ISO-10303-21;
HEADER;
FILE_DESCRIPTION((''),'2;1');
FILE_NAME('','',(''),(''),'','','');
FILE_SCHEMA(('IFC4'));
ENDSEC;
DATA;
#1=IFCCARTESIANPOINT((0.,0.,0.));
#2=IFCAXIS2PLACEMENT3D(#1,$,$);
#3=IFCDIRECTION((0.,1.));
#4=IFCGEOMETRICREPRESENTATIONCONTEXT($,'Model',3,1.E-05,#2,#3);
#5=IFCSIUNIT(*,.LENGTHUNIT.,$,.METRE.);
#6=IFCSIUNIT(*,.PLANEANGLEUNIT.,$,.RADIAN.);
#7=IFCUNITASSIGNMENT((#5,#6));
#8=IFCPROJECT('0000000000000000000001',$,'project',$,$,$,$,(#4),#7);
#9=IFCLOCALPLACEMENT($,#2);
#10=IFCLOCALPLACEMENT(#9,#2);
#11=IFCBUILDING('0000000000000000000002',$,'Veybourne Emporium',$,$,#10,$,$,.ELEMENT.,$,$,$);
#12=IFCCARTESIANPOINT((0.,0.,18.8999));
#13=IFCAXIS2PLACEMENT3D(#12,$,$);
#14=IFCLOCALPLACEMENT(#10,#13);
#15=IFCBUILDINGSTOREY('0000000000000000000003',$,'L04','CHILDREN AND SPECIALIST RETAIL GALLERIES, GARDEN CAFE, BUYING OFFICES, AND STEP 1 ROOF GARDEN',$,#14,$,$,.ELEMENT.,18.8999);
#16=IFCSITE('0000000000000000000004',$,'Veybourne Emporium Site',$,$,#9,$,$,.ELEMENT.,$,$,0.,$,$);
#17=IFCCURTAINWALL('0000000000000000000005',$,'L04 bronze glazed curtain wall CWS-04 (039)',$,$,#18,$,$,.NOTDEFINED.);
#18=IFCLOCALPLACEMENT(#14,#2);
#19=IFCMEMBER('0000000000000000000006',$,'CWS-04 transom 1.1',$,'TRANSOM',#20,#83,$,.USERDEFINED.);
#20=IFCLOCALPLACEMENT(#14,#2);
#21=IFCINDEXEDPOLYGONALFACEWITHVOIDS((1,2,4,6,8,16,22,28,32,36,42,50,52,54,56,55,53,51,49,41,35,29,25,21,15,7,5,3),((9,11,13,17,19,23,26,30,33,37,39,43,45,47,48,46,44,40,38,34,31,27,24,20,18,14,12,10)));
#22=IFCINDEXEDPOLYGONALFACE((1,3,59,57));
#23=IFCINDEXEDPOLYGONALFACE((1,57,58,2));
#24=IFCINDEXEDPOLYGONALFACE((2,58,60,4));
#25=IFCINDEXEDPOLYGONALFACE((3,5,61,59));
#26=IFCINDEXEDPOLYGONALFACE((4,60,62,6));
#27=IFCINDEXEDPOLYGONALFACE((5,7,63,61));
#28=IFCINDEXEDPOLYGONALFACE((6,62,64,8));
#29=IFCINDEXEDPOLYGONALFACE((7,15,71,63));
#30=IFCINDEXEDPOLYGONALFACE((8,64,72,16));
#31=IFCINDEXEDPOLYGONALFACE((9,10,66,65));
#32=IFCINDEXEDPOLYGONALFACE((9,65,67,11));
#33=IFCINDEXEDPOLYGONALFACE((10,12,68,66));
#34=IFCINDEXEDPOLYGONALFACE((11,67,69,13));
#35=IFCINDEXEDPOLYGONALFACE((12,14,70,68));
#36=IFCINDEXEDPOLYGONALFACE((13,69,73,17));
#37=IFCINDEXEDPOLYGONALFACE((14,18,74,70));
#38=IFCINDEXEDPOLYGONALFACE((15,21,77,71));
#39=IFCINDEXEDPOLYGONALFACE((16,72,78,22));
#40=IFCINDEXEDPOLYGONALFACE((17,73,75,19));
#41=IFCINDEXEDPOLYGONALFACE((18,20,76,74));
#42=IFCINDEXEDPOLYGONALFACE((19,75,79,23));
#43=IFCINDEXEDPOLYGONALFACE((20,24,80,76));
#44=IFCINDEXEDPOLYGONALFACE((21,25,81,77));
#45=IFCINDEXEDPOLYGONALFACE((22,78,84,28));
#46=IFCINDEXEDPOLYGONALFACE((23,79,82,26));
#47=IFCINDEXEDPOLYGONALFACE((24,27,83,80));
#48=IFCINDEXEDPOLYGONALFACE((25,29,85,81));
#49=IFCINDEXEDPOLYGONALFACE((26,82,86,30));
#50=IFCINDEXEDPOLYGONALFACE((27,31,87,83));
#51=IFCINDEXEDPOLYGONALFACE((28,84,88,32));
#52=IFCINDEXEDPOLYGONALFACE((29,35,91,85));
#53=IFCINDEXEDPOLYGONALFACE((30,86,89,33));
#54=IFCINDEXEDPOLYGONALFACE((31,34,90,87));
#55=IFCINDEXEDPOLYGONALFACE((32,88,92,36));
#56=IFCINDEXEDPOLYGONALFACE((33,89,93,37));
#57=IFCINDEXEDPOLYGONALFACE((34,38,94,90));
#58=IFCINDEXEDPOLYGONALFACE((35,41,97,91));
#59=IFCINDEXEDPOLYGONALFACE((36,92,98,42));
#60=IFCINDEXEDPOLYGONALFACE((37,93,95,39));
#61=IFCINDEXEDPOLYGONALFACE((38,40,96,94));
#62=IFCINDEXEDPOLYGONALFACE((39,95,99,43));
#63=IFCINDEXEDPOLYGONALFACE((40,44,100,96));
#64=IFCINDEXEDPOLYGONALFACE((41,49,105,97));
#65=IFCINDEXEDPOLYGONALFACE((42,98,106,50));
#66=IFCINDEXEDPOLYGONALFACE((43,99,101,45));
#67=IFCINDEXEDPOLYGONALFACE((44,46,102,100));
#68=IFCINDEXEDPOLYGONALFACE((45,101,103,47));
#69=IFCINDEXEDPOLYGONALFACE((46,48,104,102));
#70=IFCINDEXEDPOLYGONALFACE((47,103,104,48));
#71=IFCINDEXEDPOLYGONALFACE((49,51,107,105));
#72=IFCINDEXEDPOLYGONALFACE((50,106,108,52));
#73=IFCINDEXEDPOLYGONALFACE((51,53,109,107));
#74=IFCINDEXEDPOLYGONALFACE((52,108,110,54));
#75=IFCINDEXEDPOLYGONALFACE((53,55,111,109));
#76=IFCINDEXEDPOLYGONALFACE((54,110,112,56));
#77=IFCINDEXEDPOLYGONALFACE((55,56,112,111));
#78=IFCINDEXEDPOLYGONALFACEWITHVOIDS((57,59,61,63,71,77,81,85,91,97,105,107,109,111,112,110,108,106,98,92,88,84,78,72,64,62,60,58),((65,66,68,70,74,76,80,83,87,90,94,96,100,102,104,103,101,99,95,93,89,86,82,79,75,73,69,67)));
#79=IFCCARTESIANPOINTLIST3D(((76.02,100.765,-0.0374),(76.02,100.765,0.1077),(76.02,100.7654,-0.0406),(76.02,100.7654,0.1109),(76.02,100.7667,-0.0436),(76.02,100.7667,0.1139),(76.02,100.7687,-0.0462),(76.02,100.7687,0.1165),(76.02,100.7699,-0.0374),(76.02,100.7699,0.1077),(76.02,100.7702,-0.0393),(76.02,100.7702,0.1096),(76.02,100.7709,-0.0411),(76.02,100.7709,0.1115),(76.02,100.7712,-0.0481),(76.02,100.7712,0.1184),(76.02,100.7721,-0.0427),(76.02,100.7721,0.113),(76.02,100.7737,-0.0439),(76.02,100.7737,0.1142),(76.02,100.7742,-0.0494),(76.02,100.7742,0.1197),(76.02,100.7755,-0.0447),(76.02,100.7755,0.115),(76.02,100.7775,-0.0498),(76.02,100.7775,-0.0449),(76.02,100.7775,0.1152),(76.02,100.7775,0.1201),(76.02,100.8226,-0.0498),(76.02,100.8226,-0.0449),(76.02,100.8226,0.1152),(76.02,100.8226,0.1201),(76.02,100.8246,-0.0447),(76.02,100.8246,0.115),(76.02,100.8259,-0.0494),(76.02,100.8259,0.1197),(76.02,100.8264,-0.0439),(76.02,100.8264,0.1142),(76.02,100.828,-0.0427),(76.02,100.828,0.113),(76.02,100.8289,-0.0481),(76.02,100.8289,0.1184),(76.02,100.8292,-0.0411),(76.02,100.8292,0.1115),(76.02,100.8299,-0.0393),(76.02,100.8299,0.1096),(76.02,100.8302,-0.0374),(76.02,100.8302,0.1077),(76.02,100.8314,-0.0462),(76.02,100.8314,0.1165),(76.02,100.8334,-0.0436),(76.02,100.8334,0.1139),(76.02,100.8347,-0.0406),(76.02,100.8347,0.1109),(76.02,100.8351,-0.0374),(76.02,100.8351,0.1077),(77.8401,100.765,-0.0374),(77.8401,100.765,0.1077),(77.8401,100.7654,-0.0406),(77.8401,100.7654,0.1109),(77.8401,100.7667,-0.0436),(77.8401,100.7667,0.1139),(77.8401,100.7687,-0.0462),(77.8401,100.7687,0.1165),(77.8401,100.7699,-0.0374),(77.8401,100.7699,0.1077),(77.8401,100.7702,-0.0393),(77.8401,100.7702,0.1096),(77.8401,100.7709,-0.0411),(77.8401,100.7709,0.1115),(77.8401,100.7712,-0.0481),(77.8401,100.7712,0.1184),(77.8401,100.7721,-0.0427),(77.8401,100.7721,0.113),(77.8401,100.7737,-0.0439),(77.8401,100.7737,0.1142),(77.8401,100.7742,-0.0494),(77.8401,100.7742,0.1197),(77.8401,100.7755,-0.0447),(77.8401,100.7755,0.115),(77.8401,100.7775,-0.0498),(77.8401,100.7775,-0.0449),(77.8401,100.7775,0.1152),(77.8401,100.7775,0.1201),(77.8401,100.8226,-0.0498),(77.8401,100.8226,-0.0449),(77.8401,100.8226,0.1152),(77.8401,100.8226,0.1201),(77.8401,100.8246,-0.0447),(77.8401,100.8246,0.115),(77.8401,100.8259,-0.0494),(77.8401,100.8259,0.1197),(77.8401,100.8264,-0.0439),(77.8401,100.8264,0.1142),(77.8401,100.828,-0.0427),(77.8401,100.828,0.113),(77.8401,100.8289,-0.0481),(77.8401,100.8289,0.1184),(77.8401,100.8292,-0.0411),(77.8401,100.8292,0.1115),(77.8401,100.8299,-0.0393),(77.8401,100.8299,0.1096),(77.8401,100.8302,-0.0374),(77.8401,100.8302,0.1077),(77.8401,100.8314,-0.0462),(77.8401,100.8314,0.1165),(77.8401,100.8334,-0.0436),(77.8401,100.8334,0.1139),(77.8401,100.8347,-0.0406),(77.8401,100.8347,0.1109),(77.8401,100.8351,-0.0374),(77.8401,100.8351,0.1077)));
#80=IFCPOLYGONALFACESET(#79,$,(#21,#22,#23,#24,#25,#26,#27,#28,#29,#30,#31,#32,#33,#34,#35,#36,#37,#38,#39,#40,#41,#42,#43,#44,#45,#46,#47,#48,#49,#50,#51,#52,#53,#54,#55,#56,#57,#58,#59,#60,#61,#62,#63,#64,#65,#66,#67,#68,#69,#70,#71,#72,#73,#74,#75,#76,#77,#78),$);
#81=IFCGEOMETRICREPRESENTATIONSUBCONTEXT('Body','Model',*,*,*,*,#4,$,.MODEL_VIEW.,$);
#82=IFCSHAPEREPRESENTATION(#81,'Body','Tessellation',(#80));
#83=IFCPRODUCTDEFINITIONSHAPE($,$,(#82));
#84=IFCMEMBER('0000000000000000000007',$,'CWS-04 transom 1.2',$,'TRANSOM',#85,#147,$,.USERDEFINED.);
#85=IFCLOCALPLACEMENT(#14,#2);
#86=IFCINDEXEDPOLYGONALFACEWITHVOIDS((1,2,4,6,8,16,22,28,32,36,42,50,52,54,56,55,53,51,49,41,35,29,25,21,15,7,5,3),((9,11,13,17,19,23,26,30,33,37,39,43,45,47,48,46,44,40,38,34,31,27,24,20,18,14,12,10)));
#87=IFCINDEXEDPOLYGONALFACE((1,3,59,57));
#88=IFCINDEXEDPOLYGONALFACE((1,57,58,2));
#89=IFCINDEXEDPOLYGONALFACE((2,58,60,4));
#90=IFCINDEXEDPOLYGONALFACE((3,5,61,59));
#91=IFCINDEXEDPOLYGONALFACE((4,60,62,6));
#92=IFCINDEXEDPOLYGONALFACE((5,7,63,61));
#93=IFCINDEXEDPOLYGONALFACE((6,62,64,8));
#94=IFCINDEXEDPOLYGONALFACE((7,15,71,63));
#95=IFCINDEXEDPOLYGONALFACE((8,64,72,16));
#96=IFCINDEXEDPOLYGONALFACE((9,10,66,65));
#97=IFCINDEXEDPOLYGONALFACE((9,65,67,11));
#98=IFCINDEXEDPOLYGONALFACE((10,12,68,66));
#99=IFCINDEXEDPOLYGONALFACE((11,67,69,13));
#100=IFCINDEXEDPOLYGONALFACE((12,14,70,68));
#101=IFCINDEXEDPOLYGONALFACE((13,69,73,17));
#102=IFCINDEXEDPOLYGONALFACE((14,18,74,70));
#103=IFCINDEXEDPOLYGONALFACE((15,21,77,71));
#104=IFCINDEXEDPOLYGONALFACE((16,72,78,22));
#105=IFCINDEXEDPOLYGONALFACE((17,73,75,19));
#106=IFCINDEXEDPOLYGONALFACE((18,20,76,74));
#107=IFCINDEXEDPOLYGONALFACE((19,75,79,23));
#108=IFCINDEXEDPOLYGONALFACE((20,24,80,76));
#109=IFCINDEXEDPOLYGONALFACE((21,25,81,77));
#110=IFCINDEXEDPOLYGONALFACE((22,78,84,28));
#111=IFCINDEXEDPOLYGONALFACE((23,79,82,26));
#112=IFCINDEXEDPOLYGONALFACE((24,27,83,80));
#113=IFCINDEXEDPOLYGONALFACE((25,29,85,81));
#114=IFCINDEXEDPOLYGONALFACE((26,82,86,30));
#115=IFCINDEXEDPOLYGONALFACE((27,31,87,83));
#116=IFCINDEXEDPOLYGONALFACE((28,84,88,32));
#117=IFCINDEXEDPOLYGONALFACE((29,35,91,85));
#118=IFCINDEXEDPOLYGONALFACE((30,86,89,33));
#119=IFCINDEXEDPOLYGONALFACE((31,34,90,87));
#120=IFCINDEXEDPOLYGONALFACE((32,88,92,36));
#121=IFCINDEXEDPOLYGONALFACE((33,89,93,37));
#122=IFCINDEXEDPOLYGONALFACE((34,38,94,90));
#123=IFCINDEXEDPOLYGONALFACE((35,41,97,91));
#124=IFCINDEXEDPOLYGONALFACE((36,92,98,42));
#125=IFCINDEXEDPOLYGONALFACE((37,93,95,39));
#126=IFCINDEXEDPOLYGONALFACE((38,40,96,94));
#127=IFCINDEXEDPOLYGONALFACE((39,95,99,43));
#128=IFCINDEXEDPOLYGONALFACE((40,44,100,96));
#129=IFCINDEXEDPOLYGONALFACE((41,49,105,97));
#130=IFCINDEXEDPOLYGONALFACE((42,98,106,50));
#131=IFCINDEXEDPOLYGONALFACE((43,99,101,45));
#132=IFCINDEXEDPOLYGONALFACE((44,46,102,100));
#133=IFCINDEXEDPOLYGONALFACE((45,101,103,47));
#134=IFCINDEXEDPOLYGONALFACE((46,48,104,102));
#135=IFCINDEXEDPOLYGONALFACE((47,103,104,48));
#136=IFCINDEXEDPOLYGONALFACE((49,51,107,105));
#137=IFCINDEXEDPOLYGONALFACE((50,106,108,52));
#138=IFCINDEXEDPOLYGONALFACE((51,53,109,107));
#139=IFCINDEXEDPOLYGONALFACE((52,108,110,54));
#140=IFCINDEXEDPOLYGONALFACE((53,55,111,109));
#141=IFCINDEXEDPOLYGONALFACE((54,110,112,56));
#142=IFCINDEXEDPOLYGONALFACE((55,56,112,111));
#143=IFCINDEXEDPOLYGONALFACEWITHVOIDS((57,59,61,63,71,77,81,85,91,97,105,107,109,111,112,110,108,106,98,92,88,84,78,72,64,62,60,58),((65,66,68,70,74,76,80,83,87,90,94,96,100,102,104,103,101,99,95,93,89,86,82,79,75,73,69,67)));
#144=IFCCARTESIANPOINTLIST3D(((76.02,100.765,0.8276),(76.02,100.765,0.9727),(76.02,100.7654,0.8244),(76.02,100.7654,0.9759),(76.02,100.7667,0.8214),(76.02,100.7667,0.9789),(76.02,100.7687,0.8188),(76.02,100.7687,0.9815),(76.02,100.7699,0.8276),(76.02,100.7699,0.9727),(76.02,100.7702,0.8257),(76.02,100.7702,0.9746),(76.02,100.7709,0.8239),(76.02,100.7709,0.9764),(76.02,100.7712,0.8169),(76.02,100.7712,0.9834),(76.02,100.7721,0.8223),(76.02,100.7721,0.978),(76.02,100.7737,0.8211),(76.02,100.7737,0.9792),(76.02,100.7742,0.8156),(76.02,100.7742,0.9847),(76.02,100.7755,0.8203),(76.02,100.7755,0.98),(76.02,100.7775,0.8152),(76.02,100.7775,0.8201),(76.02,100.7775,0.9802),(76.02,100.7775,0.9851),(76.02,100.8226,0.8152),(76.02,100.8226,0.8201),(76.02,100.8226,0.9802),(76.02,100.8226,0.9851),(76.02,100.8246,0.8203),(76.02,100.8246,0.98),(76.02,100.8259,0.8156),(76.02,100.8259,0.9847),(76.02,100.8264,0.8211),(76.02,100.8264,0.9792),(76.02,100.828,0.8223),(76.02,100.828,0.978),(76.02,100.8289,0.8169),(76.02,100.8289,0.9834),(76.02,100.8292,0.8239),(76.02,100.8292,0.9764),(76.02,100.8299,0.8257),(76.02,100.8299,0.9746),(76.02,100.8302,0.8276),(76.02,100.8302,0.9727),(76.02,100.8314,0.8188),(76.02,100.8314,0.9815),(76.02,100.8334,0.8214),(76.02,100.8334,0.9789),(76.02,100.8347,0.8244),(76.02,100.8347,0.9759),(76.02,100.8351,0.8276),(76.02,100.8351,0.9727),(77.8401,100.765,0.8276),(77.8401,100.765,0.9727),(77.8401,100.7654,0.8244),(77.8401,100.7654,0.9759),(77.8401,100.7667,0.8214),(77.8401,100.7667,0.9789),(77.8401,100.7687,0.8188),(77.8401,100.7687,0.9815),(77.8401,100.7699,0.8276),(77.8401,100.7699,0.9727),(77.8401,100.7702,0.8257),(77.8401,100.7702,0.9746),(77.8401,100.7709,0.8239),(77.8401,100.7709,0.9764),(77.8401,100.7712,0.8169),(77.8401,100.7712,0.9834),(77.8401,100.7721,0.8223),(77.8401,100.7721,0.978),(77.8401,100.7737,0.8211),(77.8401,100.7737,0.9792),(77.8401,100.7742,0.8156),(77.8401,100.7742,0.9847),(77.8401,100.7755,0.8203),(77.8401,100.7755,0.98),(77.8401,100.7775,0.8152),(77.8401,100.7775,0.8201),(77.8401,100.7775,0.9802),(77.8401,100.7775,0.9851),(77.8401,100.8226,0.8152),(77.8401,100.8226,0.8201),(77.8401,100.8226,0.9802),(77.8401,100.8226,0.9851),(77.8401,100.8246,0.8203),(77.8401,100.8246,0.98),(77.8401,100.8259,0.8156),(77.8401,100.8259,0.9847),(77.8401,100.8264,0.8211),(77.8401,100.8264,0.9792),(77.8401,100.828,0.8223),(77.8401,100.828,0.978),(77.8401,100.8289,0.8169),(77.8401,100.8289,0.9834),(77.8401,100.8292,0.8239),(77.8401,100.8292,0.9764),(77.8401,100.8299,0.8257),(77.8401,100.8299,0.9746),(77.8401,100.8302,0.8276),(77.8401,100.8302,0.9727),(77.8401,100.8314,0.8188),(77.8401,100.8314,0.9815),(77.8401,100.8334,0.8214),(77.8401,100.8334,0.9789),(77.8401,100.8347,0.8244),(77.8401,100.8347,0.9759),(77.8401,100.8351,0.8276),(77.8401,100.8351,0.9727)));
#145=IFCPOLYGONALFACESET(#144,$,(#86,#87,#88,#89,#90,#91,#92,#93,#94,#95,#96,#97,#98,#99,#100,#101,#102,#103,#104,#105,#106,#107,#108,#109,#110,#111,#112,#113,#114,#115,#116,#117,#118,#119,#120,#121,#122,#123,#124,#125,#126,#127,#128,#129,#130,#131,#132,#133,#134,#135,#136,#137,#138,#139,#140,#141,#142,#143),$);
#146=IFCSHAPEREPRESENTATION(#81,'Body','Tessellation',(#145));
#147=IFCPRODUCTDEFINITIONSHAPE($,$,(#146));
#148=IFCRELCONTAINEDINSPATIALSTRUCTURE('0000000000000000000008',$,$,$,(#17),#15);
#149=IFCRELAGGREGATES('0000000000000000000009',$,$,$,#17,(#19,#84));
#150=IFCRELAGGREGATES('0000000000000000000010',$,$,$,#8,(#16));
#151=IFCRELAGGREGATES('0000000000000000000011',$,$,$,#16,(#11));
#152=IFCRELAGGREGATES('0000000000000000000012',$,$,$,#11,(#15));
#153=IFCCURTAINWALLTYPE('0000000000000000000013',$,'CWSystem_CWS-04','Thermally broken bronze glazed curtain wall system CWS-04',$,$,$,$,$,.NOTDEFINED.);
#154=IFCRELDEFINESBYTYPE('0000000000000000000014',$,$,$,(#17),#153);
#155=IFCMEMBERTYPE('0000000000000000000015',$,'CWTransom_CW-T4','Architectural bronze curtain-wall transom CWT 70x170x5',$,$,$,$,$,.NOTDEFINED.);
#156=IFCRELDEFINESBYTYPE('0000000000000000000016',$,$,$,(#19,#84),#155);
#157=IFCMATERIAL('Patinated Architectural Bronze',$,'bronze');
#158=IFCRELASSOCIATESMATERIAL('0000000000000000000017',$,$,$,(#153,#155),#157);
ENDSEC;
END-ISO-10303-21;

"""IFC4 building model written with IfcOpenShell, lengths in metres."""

from ifc_helpers import new_model, si_unit, direction, frame, origin, origin_2d, place, context, subcontext, project, spatial, hollow_rectangle, extrude, material, material_profile, profile_set, type_object, element, aggregate, save


model = new_model("IFC4")

# Units and contexts
model_context = context("Model", 3, precision=1e-05, world=origin(), true_north=direction((0.0, 1.0)))
body_context = subcontext(model_context, "Body", "Model", "MODEL_VIEW")
ifc_project = project(units=[si_unit("LENGTHUNIT", "METRE"), si_unit("PLANEANGLEUNIT", "RADIAN")], contexts=[model_context])

# Site, building, storey
site_placement = place(None, origin())
site = spatial("IfcSite", under=ifc_project, at=site_placement, Name="Veybourne Emporium Site", CompositionType="ELEMENT", RefElevation=0.0)
building_placement = place(site_placement, origin())
building = spatial("IfcBuilding", under=site, at=building_placement, Name="Veybourne Emporium", CompositionType="ELEMENT")
storey_placement = place(building_placement, frame((0.0, 0.0, 18.8999)))
storey = spatial("IfcBuildingStorey", under=building, at=storey_placement, Name="L04", Description="CHILDREN AND SPECIALIST RETAIL GALLERIES, GARDEN CAFE, BUYING OFFICES, AND STEP 1 ROOF GARDEN", CompositionType="ELEMENT", Elevation=18.8999)

# Curtain wall, members
ifc_material_1 = material(Name="Patinated Architectural Bronze", Category="bronze")
curtain_wall_type = type_object("IfcCurtainWallType", Name="CWSystem_CWS-04", Description="Thermally broken bronze glazed curtain wall system CWS-04", PredefinedType="NOTDEFINED", material=ifc_material_1)
curtain_wall_placement = place(storey_placement, origin())
curtain_wall = element("IfcCurtainWall", 1, at=curtain_wall_placement, inside=storey, type_object=curtain_wall_type, Name="L04 bronze glazed curtain wall CWS-04 (039)", PredefinedType="NOTDEFINED")
ifc_material_profile_1 = material_profile(ifc_material_1, hollow_rectangle(XDim=0.0701, YDim=0.1699, WallThickness=0.0049, InnerFilletRadius=0.0076, OuterFilletRadius=0.0125, at=origin_2d()), Name="CWT 70x170x5")
ifc_profile_set_1 = profile_set([ifc_material_profile_1], Name="Patinated Architectural Bronze")
member_type_1 = type_object("IfcMemberType", Name="CWTransom_CW-T4", Description="Architectural bronze curtain-wall transom CWT 70x170x5", PredefinedType="NOTDEFINED", material=ifc_profile_set_1)
member_1_placement = place(storey_placement, frame((76.02, 100.8, 0.0352), z_axis=(1.0, 0.0, 0.0), x_axis=(0.0, 1.0, 0.0)))
member_1 = element("IfcMember", 2, at=member_1_placement, type_object=member_type_1, Name="CWS-04 transom 1.1", ObjectType="TRANSOM", PredefinedType="USERDEFINED", context=body_context, shape_type="SweptSolid", body=[
    extrude(hollow_rectangle(XDim=0.0701, YDim=0.1699, WallThickness=0.0049, InnerFilletRadius=0.0076, OuterFilletRadius=0.0125, at=origin_2d()), origin(), (0.0, 0.0, 1.0), 1.8201),
])
member_2_placement = place(storey_placement, frame((76.02, 100.8, 0.9001), z_axis=(1.0, 0.0, 0.0), x_axis=(0.0, 1.0, 0.0)))
member_2 = element("IfcMember", 3, at=member_2_placement, type_object=member_type_1, Name="CWS-04 transom 1.2", ObjectType="TRANSOM", PredefinedType="USERDEFINED", context=body_context, shape_type="SweptSolid", body=[
    extrude(hollow_rectangle(XDim=0.0701, YDim=0.1699, WallThickness=0.0049, InnerFilletRadius=0.0076, OuterFilletRadius=0.0125, at=origin_2d()), origin(), (0.0, 0.0, 1.0), 1.8201),
])

aggregate(curtain_wall, [member_1, member_2])

save(model, "model.ifc")
